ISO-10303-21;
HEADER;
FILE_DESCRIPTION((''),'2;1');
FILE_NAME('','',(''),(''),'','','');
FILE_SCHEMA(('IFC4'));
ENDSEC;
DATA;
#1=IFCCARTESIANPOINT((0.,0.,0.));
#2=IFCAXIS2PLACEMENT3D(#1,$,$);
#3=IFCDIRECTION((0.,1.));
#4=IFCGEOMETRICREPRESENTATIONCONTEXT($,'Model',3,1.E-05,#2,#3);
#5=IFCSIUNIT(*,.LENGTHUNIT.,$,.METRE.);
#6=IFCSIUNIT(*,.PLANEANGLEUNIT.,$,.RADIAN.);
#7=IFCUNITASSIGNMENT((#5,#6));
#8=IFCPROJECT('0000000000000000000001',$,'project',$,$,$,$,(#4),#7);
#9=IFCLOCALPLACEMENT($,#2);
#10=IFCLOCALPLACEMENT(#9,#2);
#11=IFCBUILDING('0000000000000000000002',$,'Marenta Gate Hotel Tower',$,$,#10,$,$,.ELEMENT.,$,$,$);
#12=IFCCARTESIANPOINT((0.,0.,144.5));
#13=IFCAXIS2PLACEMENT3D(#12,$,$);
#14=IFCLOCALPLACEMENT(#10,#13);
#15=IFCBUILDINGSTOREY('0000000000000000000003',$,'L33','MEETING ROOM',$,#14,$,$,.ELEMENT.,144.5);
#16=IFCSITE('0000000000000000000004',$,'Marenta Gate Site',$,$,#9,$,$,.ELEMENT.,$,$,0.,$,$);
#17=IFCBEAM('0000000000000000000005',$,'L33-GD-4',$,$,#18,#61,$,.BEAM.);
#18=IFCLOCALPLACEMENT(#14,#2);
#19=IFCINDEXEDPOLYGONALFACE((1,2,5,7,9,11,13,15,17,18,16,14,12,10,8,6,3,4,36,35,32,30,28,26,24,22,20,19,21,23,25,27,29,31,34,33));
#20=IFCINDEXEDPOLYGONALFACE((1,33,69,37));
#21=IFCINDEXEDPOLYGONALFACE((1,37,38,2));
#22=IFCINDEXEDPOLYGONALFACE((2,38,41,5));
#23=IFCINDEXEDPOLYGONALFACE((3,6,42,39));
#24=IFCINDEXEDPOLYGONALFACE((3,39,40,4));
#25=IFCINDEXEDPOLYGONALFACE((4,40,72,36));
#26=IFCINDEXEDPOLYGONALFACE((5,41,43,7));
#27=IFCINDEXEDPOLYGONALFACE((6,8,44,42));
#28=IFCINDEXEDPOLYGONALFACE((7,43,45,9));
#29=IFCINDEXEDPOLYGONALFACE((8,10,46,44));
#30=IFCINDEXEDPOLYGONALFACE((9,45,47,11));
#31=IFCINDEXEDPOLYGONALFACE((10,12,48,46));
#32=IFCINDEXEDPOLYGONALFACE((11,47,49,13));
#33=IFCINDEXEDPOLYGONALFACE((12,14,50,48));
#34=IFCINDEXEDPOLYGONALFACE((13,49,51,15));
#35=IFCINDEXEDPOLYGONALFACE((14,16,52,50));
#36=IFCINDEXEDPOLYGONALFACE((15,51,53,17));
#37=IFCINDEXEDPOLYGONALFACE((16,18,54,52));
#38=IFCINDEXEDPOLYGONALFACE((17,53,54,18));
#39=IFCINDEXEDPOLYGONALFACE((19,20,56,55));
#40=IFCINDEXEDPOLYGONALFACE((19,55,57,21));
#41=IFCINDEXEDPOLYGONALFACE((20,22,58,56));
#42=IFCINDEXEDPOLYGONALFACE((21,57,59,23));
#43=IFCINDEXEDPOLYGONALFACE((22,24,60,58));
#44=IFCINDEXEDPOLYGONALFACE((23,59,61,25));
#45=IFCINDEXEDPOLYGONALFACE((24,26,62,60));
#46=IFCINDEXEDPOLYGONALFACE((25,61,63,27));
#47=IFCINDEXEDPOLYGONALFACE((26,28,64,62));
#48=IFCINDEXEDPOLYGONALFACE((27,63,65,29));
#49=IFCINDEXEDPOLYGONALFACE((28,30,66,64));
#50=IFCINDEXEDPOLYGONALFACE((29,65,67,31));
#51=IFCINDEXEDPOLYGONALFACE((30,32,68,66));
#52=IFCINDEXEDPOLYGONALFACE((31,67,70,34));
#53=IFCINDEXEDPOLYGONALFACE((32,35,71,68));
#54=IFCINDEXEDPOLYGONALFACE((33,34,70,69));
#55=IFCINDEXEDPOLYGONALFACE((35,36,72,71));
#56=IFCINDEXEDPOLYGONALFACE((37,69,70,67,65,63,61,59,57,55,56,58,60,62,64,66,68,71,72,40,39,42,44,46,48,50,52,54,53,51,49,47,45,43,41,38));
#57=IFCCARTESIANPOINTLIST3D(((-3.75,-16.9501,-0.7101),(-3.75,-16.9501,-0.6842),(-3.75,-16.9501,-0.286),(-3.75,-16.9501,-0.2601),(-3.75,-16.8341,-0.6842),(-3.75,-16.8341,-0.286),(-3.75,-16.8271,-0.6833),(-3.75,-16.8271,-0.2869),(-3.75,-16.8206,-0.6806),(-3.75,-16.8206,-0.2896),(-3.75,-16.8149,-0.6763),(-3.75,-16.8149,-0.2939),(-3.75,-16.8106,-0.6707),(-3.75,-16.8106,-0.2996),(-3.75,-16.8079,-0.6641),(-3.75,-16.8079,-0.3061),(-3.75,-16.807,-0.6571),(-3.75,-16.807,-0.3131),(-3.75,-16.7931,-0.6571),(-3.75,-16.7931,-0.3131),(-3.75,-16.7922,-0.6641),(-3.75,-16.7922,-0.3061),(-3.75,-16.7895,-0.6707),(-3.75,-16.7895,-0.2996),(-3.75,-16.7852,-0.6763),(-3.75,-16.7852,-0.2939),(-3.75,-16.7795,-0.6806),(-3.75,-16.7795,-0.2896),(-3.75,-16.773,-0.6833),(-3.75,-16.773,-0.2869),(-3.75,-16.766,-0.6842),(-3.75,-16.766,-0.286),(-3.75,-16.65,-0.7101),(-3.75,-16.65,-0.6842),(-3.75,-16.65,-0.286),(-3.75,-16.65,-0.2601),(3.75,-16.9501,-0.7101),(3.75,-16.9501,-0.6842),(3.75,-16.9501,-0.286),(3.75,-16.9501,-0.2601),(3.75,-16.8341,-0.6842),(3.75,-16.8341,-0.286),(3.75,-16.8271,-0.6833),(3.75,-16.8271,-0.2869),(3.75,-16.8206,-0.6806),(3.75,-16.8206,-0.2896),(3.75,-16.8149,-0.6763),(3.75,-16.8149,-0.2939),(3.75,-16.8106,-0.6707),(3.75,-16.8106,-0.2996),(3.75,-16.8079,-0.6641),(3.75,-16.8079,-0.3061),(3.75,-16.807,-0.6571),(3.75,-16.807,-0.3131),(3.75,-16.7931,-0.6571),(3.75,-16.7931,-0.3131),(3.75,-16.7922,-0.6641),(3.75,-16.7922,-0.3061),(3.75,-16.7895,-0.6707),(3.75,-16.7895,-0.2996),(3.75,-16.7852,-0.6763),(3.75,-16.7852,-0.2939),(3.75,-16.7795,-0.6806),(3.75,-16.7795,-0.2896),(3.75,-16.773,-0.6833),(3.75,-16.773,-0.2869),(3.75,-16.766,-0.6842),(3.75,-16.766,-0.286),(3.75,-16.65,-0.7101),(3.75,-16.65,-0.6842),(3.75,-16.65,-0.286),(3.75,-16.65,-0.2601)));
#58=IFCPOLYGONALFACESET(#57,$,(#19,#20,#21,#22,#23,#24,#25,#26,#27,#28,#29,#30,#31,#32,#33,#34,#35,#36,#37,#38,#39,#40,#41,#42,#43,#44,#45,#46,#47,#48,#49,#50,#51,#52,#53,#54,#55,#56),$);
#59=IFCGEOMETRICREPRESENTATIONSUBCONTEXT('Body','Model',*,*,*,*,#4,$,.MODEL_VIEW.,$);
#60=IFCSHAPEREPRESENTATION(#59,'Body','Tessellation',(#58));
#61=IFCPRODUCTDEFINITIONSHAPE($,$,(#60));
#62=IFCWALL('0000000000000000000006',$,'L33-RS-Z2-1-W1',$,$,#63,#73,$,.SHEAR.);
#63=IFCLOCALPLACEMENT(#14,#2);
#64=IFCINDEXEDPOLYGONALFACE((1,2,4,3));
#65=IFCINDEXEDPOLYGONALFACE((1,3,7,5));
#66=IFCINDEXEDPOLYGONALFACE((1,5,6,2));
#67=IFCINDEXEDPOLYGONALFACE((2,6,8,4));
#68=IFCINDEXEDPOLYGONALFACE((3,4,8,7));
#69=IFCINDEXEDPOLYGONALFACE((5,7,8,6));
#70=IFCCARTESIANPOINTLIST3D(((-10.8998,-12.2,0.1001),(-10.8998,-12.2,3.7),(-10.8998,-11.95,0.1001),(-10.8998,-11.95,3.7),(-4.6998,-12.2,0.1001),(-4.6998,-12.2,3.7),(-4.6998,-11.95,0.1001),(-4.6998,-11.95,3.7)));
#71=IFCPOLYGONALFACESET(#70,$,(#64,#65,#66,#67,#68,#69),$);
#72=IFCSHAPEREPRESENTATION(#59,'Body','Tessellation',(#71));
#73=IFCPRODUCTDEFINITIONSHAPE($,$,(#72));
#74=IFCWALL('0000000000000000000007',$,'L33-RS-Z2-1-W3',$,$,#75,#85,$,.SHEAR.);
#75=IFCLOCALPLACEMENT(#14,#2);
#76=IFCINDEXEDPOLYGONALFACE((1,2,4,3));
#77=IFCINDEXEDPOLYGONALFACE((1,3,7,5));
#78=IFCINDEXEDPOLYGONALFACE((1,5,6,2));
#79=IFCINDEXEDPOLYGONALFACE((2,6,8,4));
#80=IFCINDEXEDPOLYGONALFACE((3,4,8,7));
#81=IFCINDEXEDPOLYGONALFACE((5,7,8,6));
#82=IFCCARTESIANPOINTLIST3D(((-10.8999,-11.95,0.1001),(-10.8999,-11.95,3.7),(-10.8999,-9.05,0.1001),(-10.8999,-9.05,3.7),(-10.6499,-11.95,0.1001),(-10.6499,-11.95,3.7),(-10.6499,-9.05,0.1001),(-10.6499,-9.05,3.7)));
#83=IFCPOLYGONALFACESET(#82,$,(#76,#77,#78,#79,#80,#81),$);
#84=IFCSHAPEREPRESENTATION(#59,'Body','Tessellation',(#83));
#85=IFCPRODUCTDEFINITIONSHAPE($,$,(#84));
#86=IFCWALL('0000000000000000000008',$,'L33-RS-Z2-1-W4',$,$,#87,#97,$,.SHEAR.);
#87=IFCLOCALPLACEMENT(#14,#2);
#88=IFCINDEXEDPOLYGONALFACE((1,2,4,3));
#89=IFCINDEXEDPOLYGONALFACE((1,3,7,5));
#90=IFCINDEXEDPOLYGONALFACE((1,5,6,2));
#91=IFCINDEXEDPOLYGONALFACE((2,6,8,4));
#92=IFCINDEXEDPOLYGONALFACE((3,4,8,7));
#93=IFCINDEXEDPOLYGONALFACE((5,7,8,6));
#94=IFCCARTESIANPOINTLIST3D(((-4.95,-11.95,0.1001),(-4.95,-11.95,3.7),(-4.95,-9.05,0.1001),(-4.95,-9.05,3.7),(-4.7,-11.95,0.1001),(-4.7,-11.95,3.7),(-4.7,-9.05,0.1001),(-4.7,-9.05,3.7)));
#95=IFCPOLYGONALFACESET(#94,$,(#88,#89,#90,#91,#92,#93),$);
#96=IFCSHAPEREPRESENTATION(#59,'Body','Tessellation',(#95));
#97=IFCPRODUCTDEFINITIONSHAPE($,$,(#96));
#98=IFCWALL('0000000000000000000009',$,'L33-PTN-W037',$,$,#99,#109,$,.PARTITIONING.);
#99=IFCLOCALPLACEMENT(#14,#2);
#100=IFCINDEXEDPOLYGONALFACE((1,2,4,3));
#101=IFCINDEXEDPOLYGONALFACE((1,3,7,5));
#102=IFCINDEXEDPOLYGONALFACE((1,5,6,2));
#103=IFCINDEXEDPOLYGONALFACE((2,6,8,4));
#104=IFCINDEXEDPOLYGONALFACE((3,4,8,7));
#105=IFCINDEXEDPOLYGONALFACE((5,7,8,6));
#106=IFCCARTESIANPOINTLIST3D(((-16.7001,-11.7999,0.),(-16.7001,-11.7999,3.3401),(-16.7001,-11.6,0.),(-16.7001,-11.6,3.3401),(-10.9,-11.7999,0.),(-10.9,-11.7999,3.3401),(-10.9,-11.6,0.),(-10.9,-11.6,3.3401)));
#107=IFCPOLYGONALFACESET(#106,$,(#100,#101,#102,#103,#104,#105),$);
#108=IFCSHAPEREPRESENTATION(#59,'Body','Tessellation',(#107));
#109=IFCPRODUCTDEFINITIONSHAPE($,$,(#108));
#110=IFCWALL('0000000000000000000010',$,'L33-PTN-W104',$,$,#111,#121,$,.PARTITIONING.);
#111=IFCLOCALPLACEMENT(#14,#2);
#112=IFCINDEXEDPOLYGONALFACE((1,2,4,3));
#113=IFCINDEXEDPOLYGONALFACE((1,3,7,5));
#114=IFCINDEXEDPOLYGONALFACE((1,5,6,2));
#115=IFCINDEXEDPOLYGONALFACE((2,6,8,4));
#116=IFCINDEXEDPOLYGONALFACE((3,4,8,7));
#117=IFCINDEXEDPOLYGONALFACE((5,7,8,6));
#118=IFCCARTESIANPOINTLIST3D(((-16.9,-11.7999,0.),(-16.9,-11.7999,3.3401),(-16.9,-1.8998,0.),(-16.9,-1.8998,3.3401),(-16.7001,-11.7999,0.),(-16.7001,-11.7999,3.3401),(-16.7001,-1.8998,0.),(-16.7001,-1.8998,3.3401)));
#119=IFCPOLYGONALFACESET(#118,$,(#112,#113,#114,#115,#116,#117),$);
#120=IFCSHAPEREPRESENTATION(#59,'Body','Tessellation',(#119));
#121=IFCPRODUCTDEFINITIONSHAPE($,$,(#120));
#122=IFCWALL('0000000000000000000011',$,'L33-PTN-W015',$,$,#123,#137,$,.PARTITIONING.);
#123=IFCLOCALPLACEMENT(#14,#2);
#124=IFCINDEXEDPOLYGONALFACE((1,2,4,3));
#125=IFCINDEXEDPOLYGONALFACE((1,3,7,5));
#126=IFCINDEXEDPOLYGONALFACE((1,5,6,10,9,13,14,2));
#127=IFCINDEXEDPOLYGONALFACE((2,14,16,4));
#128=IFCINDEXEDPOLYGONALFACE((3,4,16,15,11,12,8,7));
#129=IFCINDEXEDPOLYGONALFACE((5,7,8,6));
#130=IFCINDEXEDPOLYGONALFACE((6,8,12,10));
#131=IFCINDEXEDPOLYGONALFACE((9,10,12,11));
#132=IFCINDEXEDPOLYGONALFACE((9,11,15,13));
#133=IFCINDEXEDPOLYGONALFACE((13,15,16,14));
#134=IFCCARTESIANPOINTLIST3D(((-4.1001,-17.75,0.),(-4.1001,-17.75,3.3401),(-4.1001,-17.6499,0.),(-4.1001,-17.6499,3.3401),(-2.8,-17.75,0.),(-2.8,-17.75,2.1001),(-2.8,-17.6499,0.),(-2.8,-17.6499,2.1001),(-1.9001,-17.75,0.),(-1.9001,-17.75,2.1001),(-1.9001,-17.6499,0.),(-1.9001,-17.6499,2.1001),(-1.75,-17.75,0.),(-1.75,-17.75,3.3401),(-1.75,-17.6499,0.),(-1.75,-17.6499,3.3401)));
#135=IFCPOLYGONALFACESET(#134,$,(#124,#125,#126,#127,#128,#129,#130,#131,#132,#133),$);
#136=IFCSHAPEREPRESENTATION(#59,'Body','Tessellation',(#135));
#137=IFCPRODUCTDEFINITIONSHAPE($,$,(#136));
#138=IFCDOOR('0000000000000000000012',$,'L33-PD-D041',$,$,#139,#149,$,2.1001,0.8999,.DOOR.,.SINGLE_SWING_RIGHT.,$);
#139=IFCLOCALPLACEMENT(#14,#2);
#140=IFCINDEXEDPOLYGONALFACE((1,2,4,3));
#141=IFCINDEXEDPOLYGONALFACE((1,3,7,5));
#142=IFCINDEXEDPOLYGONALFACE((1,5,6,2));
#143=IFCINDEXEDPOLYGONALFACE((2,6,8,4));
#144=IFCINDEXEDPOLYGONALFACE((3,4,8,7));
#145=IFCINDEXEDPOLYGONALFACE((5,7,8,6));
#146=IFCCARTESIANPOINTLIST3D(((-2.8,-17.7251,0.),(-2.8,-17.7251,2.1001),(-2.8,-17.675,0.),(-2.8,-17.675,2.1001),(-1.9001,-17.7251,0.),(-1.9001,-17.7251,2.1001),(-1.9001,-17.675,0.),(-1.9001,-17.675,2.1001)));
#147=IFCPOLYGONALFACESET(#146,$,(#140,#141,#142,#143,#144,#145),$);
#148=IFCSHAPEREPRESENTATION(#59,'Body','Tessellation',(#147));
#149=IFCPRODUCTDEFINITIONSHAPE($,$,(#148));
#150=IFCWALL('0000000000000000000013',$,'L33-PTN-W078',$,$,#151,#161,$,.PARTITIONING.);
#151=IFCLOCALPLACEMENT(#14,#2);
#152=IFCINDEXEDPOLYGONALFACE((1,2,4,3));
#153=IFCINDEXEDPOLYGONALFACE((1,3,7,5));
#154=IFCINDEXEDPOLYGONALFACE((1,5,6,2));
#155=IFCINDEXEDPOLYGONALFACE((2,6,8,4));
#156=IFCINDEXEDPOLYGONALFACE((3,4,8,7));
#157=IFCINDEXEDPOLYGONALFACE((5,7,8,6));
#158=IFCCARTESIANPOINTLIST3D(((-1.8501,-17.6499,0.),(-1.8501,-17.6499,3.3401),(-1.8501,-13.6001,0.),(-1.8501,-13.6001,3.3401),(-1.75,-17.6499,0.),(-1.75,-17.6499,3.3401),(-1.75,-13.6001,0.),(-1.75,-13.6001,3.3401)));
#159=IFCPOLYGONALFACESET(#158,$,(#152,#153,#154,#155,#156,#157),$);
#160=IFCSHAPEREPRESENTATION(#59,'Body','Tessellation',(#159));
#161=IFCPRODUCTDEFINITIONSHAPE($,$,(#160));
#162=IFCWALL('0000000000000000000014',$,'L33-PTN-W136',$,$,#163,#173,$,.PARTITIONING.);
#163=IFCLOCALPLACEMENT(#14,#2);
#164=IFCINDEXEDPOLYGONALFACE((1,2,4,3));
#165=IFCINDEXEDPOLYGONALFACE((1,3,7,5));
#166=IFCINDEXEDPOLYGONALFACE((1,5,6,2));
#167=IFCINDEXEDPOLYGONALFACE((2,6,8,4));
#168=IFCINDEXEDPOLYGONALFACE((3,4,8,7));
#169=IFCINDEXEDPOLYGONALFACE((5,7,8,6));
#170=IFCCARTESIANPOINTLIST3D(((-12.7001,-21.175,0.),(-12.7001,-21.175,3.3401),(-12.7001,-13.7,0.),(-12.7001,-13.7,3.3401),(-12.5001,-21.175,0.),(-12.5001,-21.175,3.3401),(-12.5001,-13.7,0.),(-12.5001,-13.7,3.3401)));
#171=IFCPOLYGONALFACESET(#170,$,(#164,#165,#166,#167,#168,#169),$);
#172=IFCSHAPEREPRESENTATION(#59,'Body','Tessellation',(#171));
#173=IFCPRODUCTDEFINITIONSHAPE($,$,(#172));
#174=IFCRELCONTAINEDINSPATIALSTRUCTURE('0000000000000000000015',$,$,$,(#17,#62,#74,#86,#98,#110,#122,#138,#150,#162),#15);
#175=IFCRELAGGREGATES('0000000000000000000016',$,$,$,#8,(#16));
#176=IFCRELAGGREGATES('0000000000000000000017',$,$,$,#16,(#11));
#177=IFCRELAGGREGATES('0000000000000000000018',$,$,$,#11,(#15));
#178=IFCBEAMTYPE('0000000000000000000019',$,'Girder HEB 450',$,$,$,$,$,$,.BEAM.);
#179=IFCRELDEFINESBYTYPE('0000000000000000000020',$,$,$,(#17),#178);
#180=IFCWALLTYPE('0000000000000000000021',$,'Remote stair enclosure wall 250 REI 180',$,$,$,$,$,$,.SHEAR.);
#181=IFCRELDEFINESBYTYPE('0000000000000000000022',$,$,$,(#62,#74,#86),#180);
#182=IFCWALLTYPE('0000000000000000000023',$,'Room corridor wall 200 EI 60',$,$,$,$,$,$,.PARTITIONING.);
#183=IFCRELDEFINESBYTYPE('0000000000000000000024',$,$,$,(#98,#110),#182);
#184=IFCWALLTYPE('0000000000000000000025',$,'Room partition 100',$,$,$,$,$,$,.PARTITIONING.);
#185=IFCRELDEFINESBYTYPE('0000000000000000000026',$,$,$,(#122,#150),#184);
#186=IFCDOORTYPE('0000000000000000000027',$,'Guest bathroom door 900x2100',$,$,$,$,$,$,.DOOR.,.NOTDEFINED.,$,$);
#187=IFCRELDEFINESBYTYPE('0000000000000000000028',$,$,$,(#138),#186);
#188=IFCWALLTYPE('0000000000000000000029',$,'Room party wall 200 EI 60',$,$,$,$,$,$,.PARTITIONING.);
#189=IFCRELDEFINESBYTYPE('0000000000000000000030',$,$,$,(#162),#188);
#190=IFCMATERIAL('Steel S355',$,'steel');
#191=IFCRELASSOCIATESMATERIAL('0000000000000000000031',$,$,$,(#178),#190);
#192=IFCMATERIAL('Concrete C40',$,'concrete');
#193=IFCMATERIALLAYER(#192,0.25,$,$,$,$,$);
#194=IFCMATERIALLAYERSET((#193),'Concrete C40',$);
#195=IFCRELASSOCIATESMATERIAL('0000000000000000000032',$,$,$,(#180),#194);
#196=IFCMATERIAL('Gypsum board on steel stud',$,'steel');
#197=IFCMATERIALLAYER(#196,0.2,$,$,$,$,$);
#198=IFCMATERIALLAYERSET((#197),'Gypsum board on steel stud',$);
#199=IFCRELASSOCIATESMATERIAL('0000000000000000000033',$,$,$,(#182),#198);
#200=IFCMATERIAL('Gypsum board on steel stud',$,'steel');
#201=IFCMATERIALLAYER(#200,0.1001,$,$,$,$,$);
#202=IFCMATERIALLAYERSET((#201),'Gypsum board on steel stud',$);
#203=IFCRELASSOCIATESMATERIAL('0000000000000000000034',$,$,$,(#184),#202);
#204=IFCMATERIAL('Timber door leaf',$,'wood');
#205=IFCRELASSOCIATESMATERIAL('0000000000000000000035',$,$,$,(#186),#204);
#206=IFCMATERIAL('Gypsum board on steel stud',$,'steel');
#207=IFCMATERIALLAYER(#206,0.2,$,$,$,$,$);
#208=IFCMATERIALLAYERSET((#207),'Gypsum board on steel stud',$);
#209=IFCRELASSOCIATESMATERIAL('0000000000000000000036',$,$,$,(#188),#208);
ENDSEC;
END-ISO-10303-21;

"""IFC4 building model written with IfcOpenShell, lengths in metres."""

from ifc_helpers import new_model, si_unit, direction, frame, frame_2d, origin, origin_2d, place, context, subcontext, project, spatial, rectangle, i_section, extrude, material, layer, layer_set, material_profile, profile_set, type_object, element, fill, save


model = new_model("IFC4")

# Units and contexts
model_context = context("Model", 3, precision=1e-05, world=origin(), true_north=direction((0.0, 1.0)))
body_context = subcontext(model_context, "Body", "Model", "MODEL_VIEW")
ifc_project = project(units=[si_unit("LENGTHUNIT", "METRE"), si_unit("PLANEANGLEUNIT", "RADIAN")], contexts=[model_context])

# Site, building, storey
site_placement = place(None, origin())
site = spatial("IfcSite", under=ifc_project, at=site_placement, Name="Marenta Gate Site", CompositionType="ELEMENT", RefElevation=0.0)
building_placement = place(site_placement, origin())
building = spatial("IfcBuilding", under=site, at=building_placement, Name="Marenta Gate Hotel Tower", CompositionType="ELEMENT")
storey_placement = place(building_placement, frame((0.0, 0.0, 144.5)))
storey = spatial("IfcBuildingStorey", under=building, at=storey_placement, Name="L33", Description="MEETING ROOM", CompositionType="ELEMENT", Elevation=144.5)

# Beam
ifc_material_1 = material(Name="Steel S355", Category="steel")
ifc_material_profile_1 = material_profile(ifc_material_1, i_section(OverallWidth=0.3, OverallDepth=0.45, WebThickness=0.0139, FlangeThickness=0.0259, FilletRadius=0.0271, at=origin_2d()), Name="HEB 450")
ifc_profile_set_1 = profile_set([ifc_material_profile_1], Name="Steel S355")
beam_type_1 = type_object("IfcBeamType", Name="Girder HEB 450", PredefinedType="BEAM", material=ifc_profile_set_1)
for number, where, z_axis, x_axis, name in (
    (1, (-3.75, -16.8, -0.4851), (1.0, 0.0, 0.0), (0.0, 1.0, 0.0), "L33-GD-4"),
):
    element("IfcBeam", number, at=place(storey_placement, frame(where, z_axis=z_axis, x_axis=x_axis)), inside=storey, type_object=beam_type_1, Name=name, PredefinedType="BEAM", context=body_context, shape_type="SweptSolid", body=[
        extrude(i_section(OverallWidth=0.3, OverallDepth=0.45, WebThickness=0.0139, FlangeThickness=0.0259, FilletRadius=0.0271, at=origin_2d()), origin(), (0.0, 0.0, 1.0), 7.5),
    ])

# Walls
ifc_material_2 = material(Name="Concrete C40", Category="concrete")
ifc_layer_1 = layer(ifc_material_2, 0.25)
ifc_layer_set_1 = layer_set([ifc_layer_1], Name="Concrete C40")
wall_type_1 = type_object("IfcWallType", Name="Remote stair enclosure wall 250 REI 180", PredefinedType="SHEAR", material=ifc_layer_set_1)
wall_1_placement = place(storey_placement, frame((-10.8999, -12.075, 0.1001), z_axis=(0.0, 0.0, 1.0), x_axis=(1.0, 0.0, 0.0)))
element("IfcWall", 2, at=wall_1_placement, inside=storey, type_object=wall_type_1, Name="L33-RS-Z2-1-W1", PredefinedType="SHEAR", context=body_context, shape_type="SweptSolid", body=[
    extrude(rectangle(XDim=6.2, YDim=0.25, at=frame_2d((3.1001, 0.0))), origin(), (0.0, 0.0, 1.0), 3.5999),
])
for number, where, z_axis, x_axis, name in (
    (3, (-10.7749, -11.95, 0.1001), (0.0, 0.0, 1.0), (0.0, 1.0, 0.0), "L33-RS-Z2-1-W3"),
    (4, (-4.825, -11.95, 0.1001), (0.0, 0.0, 1.0), (0.0, 1.0, 0.0), "L33-RS-Z2-1-W4"),
):
    element("IfcWall", number, at=place(storey_placement, frame(where, z_axis=z_axis, x_axis=x_axis)), inside=storey, type_object=wall_type_1, Name=name, PredefinedType="SHEAR", context=body_context, shape_type="SweptSolid", body=[
        extrude(rectangle(XDim=2.8999, YDim=0.25, at=frame_2d((1.45, 0.0))), origin(), (0.0, 0.0, 1.0), 3.5999),
    ])

# Shared definitions
ifc_material_3 = material(Name="Gypsum board on steel stud", Category="steel")
ifc_layer_2 = layer(ifc_material_3, 0.2)
ifc_layer_set_2 = layer_set([ifc_layer_2], Name="Gypsum board on steel stud")
wall_type_2 = type_object("IfcWallType", Name="Room corridor wall 200 EI 60", PredefinedType="PARTITIONING", material=ifc_layer_set_2)

# Walls
wall_2_placement = place(storey_placement, frame((-16.7, -11.7, 0.0), z_axis=(0.0, 0.0, 1.0), x_axis=(1.0, 0.0, 0.0)))
element("IfcWall", 5, at=wall_2_placement, inside=storey, type_object=wall_type_2, Name="L33-PTN-W037", PredefinedType="PARTITIONING", context=body_context, shape_type="SweptSolid", body=[
    extrude(rectangle(XDim=5.8, YDim=0.2, at=frame_2d((2.8999, 0.0))), origin(), (0.0, 0.0, 1.0), 3.3401),
])
wall_3_placement = place(storey_placement, frame((-16.8, -11.8, 0.0), z_axis=(0.0, 0.0, 1.0), x_axis=(0.0, 1.0, 0.0)))
element("IfcWall", 6, at=wall_3_placement, inside=storey, type_object=wall_type_2, Name="L33-PTN-W104", PredefinedType="PARTITIONING", context=body_context, shape_type="SweptSolid", body=[
    extrude(rectangle(XDim=9.9001, YDim=0.2, at=frame_2d((4.9502, 0.0))), origin(), (0.0, 0.0, 1.0), 3.3401),
])

# Wall, opening, door
ifc_material_4 = material(Name="Gypsum board on steel stud", Category="steel")
ifc_layer_3 = layer(ifc_material_4, 0.1001)
ifc_layer_set_3 = layer_set([ifc_layer_3], Name="Gypsum board on steel stud")
wall_type_3 = type_object("IfcWallType", Name="Room partition 100", PredefinedType="PARTITIONING", material=ifc_layer_set_3)
wall_4_placement = place(storey_placement, frame((-4.1001, -17.7, 0.0), z_axis=(0.0, 0.0, 1.0), x_axis=(1.0, 0.0, 0.0)))
wall_4 = element("IfcWall", 7, at=wall_4_placement, inside=storey, type_object=wall_type_3, Name="L33-PTN-W015", PredefinedType="PARTITIONING", context=body_context, shape_type="SweptSolid", body=[
    extrude(rectangle(XDim=2.3501, YDim=0.1001, at=frame_2d((1.175, 0.0))), origin(), (0.0, 0.0, 1.0), 3.3401),
])
opening_1_placement = place(wall_4_placement, frame((1.3, 0.0, 0.0)))
opening_1 = element("IfcOpeningElement", 8, at=opening_1_placement, cuts=wall_4, PredefinedType="OPENING", context=body_context, shape_type="SweptSolid", body=[
    extrude(rectangle(XDim=0.8999, YDim=2.1001, at=frame_2d((0.45, 1.05))), frame((0.0, 0.05, 0.0), z_axis=(0.0, -1.0, 0.0), x_axis=(1.0, 0.0, 0.0)), (0.0, 0.0, 1.0), 0.1001),
])
ifc_material_5 = material(Name="Timber door leaf", Category="wood")
door_type_1 = type_object("IfcDoorType", Name="Guest bathroom door 900x2100", OperationType="NOTDEFINED", PredefinedType="DOOR", material=ifc_material_5)
door_1_placement = place(opening_1_placement, origin())
door_1 = element("IfcDoor", 9, at=door_1_placement, inside=storey, type_object=door_type_1, Name="L33-PD-D041", OperationType="SINGLE_SWING_RIGHT", OverallHeight=2.1001, OverallWidth=0.8999, PredefinedType="DOOR", context=body_context, shape_type="SweptSolid", body=[
    extrude(rectangle(XDim=0.8999, YDim=2.1001, at=frame_2d((0.45, 1.05))), frame((0.0, 0.0249, 0.0), z_axis=(0.0, -1.0, 0.0), x_axis=(1.0, 0.0, 0.0)), (0.0, 0.0, 1.0), 0.05),
])
fill(opening_1, door_1)

# Walls
wall_5_placement = place(storey_placement, frame((-1.8, -17.6499, 0.0), z_axis=(0.0, 0.0, 1.0), x_axis=(0.0, 1.0, 0.0)))
element("IfcWall", 10, at=wall_5_placement, inside=storey, type_object=wall_type_3, Name="L33-PTN-W078", PredefinedType="PARTITIONING", context=body_context, shape_type="SweptSolid", body=[
    extrude(rectangle(XDim=4.0498, YDim=0.1001, at=frame_2d((2.0249, 0.0))), origin(), (0.0, 0.0, 1.0), 3.3401),
])
ifc_material_6 = material(Name="Gypsum board on steel stud", Category="steel")
ifc_layer_4 = layer(ifc_material_6, 0.2)
ifc_layer_set_4 = layer_set([ifc_layer_4], Name="Gypsum board on steel stud")
wall_type_4 = type_object("IfcWallType", Name="Room party wall 200 EI 60", PredefinedType="PARTITIONING", material=ifc_layer_set_4)
wall_6_placement = place(storey_placement, frame((-12.6001, -21.175, 0.0), z_axis=(0.0, 0.0, 1.0), x_axis=(0.0, 1.0, 0.0)))
element("IfcWall", 11, at=wall_6_placement, inside=storey, type_object=wall_type_4, Name="L33-PTN-W136", PredefinedType="PARTITIONING", context=body_context, shape_type="SweptSolid", body=[
    extrude(rectangle(XDim=7.4751, YDim=0.2, at=frame_2d((3.7375, 0.0))), origin(), (0.0, 0.0, 1.0), 3.3401),
])

save(model, "model.ifc")
